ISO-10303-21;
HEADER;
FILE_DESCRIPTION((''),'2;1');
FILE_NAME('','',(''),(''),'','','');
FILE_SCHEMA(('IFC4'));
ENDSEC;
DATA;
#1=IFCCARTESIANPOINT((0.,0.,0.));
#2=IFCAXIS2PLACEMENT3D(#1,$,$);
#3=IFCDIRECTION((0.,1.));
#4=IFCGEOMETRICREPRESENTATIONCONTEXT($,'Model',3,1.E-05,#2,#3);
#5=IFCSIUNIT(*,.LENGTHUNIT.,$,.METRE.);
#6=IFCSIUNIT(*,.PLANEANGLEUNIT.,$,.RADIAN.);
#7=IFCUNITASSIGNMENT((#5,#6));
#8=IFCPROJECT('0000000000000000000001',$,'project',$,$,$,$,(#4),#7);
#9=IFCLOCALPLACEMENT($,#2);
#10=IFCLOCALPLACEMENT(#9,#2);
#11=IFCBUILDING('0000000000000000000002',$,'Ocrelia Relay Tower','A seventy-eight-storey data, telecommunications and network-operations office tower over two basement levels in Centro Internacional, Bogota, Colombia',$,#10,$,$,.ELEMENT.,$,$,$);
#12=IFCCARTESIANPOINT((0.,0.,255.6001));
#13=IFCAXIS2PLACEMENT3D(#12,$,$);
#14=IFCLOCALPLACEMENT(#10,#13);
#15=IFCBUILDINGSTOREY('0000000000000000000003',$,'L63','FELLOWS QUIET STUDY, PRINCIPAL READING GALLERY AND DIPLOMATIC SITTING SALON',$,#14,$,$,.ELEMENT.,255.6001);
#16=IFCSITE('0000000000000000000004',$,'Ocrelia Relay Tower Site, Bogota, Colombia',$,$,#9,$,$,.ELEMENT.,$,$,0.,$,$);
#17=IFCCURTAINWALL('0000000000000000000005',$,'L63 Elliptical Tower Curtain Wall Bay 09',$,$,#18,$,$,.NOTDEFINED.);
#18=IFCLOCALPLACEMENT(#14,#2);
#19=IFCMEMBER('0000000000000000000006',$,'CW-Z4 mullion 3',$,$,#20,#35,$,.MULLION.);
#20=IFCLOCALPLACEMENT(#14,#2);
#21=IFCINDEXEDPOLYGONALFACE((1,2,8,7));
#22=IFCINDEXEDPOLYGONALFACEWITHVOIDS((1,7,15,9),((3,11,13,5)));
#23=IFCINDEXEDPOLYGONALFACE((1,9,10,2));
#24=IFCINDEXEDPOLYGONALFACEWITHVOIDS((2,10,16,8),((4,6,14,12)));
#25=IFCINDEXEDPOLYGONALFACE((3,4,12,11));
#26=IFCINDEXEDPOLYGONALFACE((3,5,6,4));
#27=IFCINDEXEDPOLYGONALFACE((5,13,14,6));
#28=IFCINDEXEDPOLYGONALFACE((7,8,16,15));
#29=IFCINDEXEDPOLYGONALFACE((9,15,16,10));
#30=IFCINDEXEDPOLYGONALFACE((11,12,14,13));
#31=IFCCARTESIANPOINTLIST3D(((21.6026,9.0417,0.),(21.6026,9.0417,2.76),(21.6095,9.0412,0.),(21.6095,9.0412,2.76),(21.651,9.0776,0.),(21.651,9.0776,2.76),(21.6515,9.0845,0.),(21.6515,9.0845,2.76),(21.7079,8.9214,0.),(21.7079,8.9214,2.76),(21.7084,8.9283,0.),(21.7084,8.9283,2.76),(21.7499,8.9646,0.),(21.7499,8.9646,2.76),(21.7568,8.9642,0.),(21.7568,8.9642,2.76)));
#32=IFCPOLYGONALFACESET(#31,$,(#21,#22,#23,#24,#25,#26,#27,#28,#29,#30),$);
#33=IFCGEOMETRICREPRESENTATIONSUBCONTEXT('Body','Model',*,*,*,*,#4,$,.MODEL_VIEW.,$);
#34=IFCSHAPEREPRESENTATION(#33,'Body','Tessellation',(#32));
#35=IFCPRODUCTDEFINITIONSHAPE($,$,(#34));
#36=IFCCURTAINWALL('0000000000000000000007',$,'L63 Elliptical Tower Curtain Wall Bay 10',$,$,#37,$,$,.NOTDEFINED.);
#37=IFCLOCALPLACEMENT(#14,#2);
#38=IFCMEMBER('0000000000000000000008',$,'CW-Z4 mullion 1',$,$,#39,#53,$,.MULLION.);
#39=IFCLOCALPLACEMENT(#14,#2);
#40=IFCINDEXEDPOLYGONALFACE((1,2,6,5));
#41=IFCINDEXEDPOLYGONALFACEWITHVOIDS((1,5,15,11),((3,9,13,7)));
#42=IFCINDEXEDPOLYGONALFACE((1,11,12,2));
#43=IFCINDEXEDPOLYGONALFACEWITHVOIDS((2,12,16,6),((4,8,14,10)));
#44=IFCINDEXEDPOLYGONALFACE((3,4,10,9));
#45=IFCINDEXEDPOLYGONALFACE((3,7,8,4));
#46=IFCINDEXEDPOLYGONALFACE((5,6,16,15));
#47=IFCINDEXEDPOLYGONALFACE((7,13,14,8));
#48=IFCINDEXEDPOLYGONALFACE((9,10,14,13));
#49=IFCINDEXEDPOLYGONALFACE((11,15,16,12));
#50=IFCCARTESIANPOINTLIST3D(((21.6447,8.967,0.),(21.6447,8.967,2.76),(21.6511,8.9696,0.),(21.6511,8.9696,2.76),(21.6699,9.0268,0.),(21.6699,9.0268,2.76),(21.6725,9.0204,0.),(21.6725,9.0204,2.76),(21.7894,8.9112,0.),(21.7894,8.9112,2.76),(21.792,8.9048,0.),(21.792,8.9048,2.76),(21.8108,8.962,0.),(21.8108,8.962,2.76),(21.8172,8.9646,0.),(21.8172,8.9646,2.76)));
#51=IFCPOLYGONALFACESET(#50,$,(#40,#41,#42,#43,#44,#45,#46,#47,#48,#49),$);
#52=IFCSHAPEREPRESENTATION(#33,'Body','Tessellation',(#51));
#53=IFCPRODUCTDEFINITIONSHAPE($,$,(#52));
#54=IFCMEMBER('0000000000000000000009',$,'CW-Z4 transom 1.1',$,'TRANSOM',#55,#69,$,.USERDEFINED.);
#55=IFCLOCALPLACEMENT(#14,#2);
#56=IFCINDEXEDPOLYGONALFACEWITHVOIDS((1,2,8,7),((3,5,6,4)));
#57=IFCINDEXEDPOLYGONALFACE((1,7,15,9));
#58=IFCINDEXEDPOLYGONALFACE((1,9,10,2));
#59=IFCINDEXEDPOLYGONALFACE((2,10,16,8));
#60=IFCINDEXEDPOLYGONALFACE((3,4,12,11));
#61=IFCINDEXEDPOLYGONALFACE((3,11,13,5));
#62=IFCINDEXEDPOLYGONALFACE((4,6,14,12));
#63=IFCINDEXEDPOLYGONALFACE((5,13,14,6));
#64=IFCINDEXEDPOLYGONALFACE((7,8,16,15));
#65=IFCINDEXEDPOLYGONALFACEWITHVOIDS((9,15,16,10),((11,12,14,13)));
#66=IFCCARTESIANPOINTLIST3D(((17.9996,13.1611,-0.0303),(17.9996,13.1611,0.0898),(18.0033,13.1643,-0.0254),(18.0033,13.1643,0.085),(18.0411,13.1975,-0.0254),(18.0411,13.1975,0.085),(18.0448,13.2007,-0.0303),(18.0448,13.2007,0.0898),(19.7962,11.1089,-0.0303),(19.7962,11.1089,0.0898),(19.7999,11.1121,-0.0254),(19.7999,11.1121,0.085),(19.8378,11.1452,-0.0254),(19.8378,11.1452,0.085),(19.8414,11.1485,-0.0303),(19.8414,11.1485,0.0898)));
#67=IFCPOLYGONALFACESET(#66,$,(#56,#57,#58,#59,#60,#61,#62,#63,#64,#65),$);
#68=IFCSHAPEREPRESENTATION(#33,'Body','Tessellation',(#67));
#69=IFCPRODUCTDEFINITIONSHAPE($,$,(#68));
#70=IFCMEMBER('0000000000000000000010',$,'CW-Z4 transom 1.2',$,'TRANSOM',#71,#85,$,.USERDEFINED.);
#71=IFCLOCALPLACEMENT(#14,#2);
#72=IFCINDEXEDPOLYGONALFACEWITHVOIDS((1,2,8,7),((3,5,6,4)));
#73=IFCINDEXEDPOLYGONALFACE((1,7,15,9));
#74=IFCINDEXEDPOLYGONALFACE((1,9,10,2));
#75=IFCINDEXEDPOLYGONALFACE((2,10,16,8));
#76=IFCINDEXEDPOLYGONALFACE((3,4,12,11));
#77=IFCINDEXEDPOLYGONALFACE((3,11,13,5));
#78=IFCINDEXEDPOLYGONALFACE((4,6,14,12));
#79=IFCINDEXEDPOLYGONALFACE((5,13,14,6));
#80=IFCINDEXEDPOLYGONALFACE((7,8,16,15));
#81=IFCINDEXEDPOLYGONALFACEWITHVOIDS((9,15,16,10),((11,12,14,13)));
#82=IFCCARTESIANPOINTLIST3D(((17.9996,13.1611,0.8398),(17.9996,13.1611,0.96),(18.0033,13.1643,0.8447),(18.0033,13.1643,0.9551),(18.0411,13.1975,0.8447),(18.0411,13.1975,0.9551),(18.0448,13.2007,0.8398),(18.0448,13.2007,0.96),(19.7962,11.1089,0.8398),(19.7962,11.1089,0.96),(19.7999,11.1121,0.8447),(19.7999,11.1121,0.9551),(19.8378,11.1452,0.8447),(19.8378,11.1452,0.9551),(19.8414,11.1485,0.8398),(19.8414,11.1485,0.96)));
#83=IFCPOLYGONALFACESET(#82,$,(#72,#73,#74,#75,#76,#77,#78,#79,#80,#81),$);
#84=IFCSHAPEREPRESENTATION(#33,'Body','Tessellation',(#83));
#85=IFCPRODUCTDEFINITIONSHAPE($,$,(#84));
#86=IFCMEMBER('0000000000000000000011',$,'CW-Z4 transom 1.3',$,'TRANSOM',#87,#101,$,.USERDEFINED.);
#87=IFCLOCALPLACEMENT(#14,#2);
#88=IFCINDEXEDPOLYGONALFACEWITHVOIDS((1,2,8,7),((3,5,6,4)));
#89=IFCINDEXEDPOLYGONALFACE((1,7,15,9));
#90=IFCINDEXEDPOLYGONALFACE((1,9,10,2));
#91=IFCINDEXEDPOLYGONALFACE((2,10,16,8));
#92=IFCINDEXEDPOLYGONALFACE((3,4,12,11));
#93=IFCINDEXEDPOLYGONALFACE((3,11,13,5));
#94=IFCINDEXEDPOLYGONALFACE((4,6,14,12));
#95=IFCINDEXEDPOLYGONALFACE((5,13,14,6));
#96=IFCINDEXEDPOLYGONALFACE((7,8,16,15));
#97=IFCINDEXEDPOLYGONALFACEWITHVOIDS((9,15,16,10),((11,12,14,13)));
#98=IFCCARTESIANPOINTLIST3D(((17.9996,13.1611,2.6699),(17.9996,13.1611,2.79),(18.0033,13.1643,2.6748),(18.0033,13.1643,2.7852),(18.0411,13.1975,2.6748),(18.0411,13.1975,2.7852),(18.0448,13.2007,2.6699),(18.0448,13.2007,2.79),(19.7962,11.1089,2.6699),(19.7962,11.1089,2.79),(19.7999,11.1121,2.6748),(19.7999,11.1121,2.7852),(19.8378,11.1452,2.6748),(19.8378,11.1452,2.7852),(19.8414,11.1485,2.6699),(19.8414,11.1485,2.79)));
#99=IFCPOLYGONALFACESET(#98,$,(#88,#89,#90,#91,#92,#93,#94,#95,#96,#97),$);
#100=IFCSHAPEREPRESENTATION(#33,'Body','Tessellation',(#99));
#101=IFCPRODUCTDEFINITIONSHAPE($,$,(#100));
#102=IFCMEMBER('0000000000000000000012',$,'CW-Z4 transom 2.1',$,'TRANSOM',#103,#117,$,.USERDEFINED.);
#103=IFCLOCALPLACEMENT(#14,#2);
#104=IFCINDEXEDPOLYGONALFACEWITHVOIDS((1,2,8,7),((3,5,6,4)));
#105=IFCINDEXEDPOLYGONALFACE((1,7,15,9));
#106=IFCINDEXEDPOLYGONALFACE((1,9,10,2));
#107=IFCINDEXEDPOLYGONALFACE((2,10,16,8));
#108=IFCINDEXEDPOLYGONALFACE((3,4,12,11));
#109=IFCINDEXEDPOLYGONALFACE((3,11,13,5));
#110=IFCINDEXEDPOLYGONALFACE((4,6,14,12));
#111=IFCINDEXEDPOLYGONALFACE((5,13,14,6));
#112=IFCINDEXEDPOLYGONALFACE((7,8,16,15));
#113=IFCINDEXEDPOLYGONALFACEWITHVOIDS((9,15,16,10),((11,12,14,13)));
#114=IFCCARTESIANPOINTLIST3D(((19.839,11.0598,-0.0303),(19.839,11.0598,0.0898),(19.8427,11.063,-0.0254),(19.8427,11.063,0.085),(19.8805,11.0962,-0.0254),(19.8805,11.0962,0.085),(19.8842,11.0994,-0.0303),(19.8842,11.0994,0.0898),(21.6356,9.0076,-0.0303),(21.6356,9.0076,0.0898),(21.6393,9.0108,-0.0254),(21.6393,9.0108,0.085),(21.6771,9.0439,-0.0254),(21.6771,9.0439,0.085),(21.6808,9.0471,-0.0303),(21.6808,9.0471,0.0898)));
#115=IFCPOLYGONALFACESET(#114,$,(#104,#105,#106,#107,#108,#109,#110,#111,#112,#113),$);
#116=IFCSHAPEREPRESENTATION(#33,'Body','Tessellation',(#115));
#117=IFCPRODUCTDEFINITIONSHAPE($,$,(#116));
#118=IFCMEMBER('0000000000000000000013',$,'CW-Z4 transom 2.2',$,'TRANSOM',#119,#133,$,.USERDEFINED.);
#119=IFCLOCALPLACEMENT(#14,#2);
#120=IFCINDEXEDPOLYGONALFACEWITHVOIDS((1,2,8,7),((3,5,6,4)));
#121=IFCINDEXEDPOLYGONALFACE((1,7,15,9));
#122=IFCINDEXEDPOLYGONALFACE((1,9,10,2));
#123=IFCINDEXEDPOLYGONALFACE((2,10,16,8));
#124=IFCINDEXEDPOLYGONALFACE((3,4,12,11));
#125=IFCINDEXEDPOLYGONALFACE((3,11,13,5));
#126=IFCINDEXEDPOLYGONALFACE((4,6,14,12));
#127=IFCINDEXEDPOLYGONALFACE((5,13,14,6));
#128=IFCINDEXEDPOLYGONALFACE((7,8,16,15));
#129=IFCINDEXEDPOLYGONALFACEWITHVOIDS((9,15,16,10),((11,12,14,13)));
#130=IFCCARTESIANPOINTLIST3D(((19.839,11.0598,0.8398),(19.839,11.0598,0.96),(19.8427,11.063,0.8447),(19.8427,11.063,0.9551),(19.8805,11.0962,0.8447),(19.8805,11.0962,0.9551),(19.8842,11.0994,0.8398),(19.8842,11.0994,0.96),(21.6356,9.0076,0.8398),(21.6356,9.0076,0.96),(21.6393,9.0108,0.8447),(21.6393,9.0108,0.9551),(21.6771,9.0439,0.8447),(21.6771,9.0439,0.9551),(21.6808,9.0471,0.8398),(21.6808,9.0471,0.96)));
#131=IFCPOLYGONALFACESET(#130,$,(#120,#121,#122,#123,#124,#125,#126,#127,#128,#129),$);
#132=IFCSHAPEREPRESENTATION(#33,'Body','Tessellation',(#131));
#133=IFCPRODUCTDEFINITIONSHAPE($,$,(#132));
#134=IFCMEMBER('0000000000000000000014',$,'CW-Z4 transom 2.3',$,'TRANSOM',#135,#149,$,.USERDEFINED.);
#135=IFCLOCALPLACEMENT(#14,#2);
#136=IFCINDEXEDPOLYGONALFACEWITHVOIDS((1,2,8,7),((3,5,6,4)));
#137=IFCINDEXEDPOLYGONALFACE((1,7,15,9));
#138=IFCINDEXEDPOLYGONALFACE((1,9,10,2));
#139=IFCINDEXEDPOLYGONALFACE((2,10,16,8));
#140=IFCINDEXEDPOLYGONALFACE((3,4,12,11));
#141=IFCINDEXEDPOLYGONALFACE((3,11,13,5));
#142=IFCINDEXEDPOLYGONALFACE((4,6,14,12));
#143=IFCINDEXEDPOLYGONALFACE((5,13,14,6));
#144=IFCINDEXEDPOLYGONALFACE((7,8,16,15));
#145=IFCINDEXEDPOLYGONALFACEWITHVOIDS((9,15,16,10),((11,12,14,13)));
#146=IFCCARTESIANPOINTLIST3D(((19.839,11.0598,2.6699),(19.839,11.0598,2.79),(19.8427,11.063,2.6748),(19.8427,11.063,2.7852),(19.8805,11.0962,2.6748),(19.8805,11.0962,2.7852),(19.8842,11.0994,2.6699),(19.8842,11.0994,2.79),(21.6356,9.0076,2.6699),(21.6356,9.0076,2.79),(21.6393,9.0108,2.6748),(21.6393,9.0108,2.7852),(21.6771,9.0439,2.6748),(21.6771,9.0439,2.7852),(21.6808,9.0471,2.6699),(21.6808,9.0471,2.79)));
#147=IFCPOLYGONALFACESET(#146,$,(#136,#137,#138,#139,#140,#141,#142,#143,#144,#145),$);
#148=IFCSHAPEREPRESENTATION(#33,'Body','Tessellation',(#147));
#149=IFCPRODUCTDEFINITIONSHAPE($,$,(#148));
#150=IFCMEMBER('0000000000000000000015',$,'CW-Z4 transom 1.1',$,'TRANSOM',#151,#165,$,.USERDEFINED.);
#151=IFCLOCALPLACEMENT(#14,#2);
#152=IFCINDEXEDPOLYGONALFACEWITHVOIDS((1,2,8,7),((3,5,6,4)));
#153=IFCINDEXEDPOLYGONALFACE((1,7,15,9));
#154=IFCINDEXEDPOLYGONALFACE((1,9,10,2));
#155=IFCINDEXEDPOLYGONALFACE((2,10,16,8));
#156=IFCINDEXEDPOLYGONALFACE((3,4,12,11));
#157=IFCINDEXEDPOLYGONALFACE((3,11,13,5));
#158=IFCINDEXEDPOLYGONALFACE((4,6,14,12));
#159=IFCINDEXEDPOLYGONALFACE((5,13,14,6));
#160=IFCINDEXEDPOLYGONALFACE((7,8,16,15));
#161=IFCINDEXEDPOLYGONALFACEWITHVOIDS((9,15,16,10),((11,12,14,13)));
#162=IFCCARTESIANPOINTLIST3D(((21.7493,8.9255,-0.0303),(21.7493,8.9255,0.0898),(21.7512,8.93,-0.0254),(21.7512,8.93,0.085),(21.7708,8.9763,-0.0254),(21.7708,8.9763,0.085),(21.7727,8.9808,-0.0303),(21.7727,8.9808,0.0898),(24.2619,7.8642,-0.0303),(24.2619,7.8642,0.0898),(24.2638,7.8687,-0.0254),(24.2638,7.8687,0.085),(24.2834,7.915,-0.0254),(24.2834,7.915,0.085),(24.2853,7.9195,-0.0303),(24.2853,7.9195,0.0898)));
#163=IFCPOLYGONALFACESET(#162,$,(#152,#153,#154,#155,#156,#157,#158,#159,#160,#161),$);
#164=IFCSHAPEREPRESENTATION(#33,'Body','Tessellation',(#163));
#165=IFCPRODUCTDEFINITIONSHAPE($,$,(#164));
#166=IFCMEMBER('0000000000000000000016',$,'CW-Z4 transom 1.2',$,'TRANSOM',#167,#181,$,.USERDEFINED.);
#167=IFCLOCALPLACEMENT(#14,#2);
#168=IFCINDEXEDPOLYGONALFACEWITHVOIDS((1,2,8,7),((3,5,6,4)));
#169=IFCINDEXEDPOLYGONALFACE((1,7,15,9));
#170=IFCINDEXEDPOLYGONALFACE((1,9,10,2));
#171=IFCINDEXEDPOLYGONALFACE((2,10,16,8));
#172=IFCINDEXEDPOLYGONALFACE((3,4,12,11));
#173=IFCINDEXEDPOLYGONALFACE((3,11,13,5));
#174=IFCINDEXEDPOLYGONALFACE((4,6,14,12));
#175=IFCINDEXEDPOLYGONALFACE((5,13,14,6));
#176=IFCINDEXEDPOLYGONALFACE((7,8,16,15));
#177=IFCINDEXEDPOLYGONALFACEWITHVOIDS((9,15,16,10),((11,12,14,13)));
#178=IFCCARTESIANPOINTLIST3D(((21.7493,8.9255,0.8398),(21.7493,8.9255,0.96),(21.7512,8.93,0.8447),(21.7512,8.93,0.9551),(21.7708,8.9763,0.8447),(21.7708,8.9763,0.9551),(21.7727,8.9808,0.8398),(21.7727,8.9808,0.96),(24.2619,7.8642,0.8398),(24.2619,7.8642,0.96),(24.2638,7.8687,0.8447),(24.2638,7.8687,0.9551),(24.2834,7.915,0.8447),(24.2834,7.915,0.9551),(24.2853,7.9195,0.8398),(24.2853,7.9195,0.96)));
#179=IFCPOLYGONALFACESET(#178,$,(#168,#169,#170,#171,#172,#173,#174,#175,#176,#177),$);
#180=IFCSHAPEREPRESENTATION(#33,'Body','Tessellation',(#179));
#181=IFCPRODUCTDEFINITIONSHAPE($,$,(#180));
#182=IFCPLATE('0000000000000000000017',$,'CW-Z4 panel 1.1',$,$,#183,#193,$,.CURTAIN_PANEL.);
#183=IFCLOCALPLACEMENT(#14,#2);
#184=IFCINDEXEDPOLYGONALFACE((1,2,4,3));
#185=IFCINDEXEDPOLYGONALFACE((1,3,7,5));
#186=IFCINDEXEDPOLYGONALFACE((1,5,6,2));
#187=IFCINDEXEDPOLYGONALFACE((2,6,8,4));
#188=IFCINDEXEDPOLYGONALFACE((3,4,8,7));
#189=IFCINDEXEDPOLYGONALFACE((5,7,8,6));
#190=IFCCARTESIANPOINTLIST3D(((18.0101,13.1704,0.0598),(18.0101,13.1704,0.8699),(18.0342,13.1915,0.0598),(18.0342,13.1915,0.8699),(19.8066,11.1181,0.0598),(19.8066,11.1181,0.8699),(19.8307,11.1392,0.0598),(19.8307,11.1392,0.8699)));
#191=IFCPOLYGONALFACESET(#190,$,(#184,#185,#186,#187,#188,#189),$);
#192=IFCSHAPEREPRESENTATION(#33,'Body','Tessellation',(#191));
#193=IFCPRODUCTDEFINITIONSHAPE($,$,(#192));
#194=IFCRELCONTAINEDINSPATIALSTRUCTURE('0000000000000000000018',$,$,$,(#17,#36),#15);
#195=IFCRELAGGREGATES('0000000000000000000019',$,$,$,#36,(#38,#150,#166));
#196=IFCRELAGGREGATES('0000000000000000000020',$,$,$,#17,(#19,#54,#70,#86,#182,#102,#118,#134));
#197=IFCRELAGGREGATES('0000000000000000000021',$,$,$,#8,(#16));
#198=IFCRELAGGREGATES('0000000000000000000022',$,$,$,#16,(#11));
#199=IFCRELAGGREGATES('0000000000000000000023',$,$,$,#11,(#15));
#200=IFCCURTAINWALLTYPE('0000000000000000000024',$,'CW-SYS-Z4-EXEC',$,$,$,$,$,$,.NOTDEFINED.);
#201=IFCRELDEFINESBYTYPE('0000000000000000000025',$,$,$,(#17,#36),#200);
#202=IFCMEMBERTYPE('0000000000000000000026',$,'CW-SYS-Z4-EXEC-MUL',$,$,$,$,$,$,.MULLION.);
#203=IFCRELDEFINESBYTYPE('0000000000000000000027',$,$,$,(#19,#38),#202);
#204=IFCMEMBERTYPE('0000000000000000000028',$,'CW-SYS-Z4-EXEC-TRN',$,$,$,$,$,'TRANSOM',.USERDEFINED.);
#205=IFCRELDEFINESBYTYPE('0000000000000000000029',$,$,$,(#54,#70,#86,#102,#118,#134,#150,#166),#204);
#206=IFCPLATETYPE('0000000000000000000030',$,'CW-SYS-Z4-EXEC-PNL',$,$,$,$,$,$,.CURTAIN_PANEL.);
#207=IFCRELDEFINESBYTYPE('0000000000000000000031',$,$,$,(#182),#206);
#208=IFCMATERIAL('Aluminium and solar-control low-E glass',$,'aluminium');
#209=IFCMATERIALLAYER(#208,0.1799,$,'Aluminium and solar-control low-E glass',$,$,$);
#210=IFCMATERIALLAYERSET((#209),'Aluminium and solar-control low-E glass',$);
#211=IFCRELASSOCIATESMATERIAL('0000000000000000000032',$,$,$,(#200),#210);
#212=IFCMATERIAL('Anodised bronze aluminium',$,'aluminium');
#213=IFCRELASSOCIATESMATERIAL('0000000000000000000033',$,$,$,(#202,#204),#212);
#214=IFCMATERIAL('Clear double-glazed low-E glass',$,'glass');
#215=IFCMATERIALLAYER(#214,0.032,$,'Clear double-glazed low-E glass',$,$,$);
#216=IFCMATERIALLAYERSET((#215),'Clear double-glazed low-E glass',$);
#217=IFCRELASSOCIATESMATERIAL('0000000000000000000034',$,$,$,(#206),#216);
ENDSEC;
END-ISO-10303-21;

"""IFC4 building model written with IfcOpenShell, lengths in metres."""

from ifc_helpers import new_model, si_unit, direction, frame, origin, origin_2d, place, context, subcontext, project, spatial, rectangle, hollow_rectangle, extrude, material, layer, layer_set, material_profile, profile_set, type_object, element, aggregate, save


model = new_model("IFC4")

# Units and contexts
model_context = context("Model", 3, precision=1e-05, world=origin(), true_north=direction((0.0, 1.0)))
body_context = subcontext(model_context, "Body", "Model", "MODEL_VIEW")
ifc_project = project(units=[si_unit("LENGTHUNIT", "METRE"), si_unit("PLANEANGLEUNIT", "RADIAN")], contexts=[model_context])

# Site, building, storey
site_placement = place(None, origin())
site = spatial("IfcSite", under=ifc_project, at=site_placement, Name="Ocrelia Relay Tower Site, Bogota, Colombia", CompositionType="ELEMENT", RefElevation=0.0)
building_placement = place(site_placement, origin())
building = spatial("IfcBuilding", under=site, at=building_placement, Name="Ocrelia Relay Tower", Description="A seventy-eight-storey data, telecommunications and network-operations office tower over two basement levels in Centro Internacional, Bogota, Colombia", CompositionType="ELEMENT")
storey_placement = place(building_placement, frame((0.0, 0.0, 255.6001)))
storey = spatial("IfcBuildingStorey", under=building, at=storey_placement, Name="L63", Description="FELLOWS QUIET STUDY, PRINCIPAL READING GALLERY AND DIPLOMATIC SITTING SALON", CompositionType="ELEMENT", Elevation=255.6001)

# Curtain wall, member
ifc_material_1 = material(Name="Aluminium and solar-control low-E glass", Category="aluminium")
ifc_layer_1 = layer(ifc_material_1, 0.1799, Name="Aluminium and solar-control low-E glass")
ifc_layer_set_1 = layer_set([ifc_layer_1], Name="Aluminium and solar-control low-E glass")
curtain_wall_type = type_object("IfcCurtainWallType", Name="CW-SYS-Z4-EXEC", PredefinedType="NOTDEFINED", material=ifc_layer_set_1)
curtain_wall_1_placement = place(storey_placement, origin())
curtain_wall_1 = element("IfcCurtainWall", 1, at=curtain_wall_1_placement, inside=storey, type_object=curtain_wall_type, Name="L63 Elliptical Tower Curtain Wall Bay 09", PredefinedType="NOTDEFINED")
ifc_material_2 = material(Name="Anodised bronze aluminium", Category="aluminium")
ifc_material_profile_1 = material_profile(ifc_material_2, hollow_rectangle(XDim=0.0649, YDim=0.1599, WallThickness=0.0049, at=origin_2d()), Name="CW-MUL-160x65")
ifc_profile_set_1 = profile_set([ifc_material_profile_1], Name="Anodised bronze aluminium")
member_type_1 = type_object("IfcMemberType", Name="CW-SYS-Z4-EXEC-MUL", PredefinedType="MULLION", material=ifc_profile_set_1)
member_1_placement = place(storey_placement, frame((21.6797, 9.0029, 0.0), z_axis=(0.0, 0.0, 1.0), x_axis=(0.752442, 0.658659, 0.0)))
member_1 = element("IfcMember", 2, at=member_1_placement, type_object=member_type_1, Name="CW-Z4 mullion 3", PredefinedType="MULLION", context=body_context, shape_type="SweptSolid", body=[
    extrude(hollow_rectangle(XDim=0.0649, YDim=0.1599, WallThickness=0.0049, at=origin_2d()), origin(), (0.0, 0.0, 1.0), 2.76),
])

# Curtain wall, member
curtain_wall_2_placement = place(storey_placement, origin())
curtain_wall_2 = element("IfcCurtainWall", 3, at=curtain_wall_2_placement, inside=storey, type_object=curtain_wall_type, Name="L63 Elliptical Tower Curtain Wall Bay 10", PredefinedType="NOTDEFINED")
member_2_placement = place(storey_placement, frame((21.731, 8.9658, 0.0), z_axis=(0.0, 0.0, 1.0), x_axis=(0.389091, 0.921199, 0.0)))
member_2 = element("IfcMember", 4, at=member_2_placement, type_object=member_type_1, Name="CW-Z4 mullion 1", PredefinedType="MULLION", context=body_context, shape_type="SweptSolid", body=[
    extrude(hollow_rectangle(XDim=0.0649, YDim=0.1599, WallThickness=0.0049, at=origin_2d()), origin(), (0.0, 0.0, 1.0), 2.76),
])

# Members
ifc_material_profile_2 = material_profile(ifc_material_2, hollow_rectangle(XDim=0.0601, YDim=0.1201, WallThickness=0.0049, at=origin_2d()), Name="CW-TRN-120x60")
ifc_profile_set_2 = profile_set([ifc_material_profile_2], Name="Anodised bronze aluminium")
member_type_2 = type_object("IfcMemberType", Name="CW-SYS-Z4-EXEC-TRN", ElementType="TRANSOM", PredefinedType="USERDEFINED", material=ifc_profile_set_2)
member_3_placement = place(storey_placement, frame((18.0222, 13.1809, 0.0298), z_axis=(0.658695, -0.75241, 0.0), x_axis=(0.75241, 0.658695, 0.0)))
member_3 = element("IfcMember", 5, at=member_3_placement, type_object=member_type_2, Name="CW-Z4 transom 1.1", ObjectType="TRANSOM", PredefinedType="USERDEFINED", context=body_context, shape_type="SweptSolid", body=[
    extrude(hollow_rectangle(XDim=0.0601, YDim=0.1201, WallThickness=0.0049, at=origin_2d()), origin(), (0.0, 0.0, 1.0), 2.7275),
])
member_4_placement = place(storey_placement, frame((18.0222, 13.1809, 0.8999), z_axis=(0.658695, -0.75241, 0.0), x_axis=(0.75241, 0.658695, 0.0)))
member_4 = element("IfcMember", 6, at=member_4_placement, type_object=member_type_2, Name="CW-Z4 transom 1.2", ObjectType="TRANSOM", PredefinedType="USERDEFINED", context=body_context, shape_type="SweptSolid", body=[
    extrude(hollow_rectangle(XDim=0.0601, YDim=0.1201, WallThickness=0.0049, at=origin_2d()), origin(), (0.0, 0.0, 1.0), 2.7275),
])
member_5_placement = place(storey_placement, frame((18.0222, 13.1809, 2.73), z_axis=(0.658695, -0.75241, 0.0), x_axis=(0.75241, 0.658695, 0.0)))
member_5 = element("IfcMember", 7, at=member_5_placement, type_object=member_type_2, Name="CW-Z4 transom 1.3", ObjectType="TRANSOM", PredefinedType="USERDEFINED", context=body_context, shape_type="SweptSolid", body=[
    extrude(hollow_rectangle(XDim=0.0601, YDim=0.1201, WallThickness=0.0049, at=origin_2d()), origin(), (0.0, 0.0, 1.0), 2.7275),
])
member_6_placement = place(storey_placement, frame((19.8616, 11.0796, 0.0298), z_axis=(0.658695, -0.75241, 0.0), x_axis=(0.75241, 0.658695, 0.0)))
member_6 = element("IfcMember", 8, at=member_6_placement, type_object=member_type_2, Name="CW-Z4 transom 2.1", ObjectType="TRANSOM", PredefinedType="USERDEFINED", context=body_context, shape_type="SweptSolid", body=[
    extrude(hollow_rectangle(XDim=0.0601, YDim=0.1201, WallThickness=0.0049, at=origin_2d()), origin(), (0.0, 0.0, 1.0), 2.7275),
])
member_7_placement = place(storey_placement, frame((19.8616, 11.0796, 0.8999), z_axis=(0.658695, -0.75241, 0.0), x_axis=(0.75241, 0.658695, 0.0)))
member_7 = element("IfcMember", 9, at=member_7_placement, type_object=member_type_2, Name="CW-Z4 transom 2.2", ObjectType="TRANSOM", PredefinedType="USERDEFINED", context=body_context, shape_type="SweptSolid", body=[
    extrude(hollow_rectangle(XDim=0.0601, YDim=0.1201, WallThickness=0.0049, at=origin_2d()), origin(), (0.0, 0.0, 1.0), 2.7275),
])
member_8_placement = place(storey_placement, frame((19.8616, 11.0796, 2.73), z_axis=(0.658695, -0.75241, 0.0), x_axis=(0.75241, 0.658695, 0.0)))
member_8 = element("IfcMember", 10, at=member_8_placement, type_object=member_type_2, Name="CW-Z4 transom 2.3", ObjectType="TRANSOM", PredefinedType="USERDEFINED", context=body_context, shape_type="SweptSolid", body=[
    extrude(hollow_rectangle(XDim=0.0601, YDim=0.1201, WallThickness=0.0049, at=origin_2d()), origin(), (0.0, 0.0, 1.0), 2.7275),
])
member_9_placement = place(storey_placement, frame((21.761, 8.9531, 0.0298), z_axis=(0.921202, -0.389085, 0.0), x_axis=(0.389085, 0.921202, 0.0)))
member_9 = element("IfcMember", 11, at=member_9_placement, type_object=member_type_2, Name="CW-Z4 transom 1.1", ObjectType="TRANSOM", PredefinedType="USERDEFINED", context=body_context, shape_type="SweptSolid", body=[
    extrude(hollow_rectangle(XDim=0.0601, YDim=0.1201, WallThickness=0.0049, at=origin_2d()), origin(), (0.0, 0.0, 1.0), 2.7275),
])
member_10_placement = place(storey_placement, frame((21.761, 8.9531, 0.8999), z_axis=(0.921202, -0.389085, 0.0), x_axis=(0.389085, 0.921202, 0.0)))
member_10 = element("IfcMember", 12, at=member_10_placement, type_object=member_type_2, Name="CW-Z4 transom 1.2", ObjectType="TRANSOM", PredefinedType="USERDEFINED", context=body_context, shape_type="SweptSolid", body=[
    extrude(hollow_rectangle(XDim=0.0601, YDim=0.1201, WallThickness=0.0049, at=origin_2d()), origin(), (0.0, 0.0, 1.0), 2.7275),
])
aggregate(curtain_wall_2, [member_2, member_9, member_10])

# Plate
ifc_material_3 = material(Name="Clear double-glazed low-E glass", Category="glass")
ifc_layer_2 = layer(ifc_material_3, 0.032, Name="Clear double-glazed low-E glass")
ifc_layer_set_2 = layer_set([ifc_layer_2], Name="Clear double-glazed low-E glass")
plate_type = type_object("IfcPlateType", Name="CW-SYS-Z4-EXEC-PNL", PredefinedType="CURTAIN_PANEL", material=ifc_layer_set_2)
plate_1_placement = place(storey_placement, frame((18.9204, 12.1548, 0.0598), z_axis=(0.0, 0.0, 1.0), x_axis=(0.658659, -0.752442, 0.0)))
plate_1 = element("IfcPlate", 13, at=plate_1_placement, type_object=plate_type, Name="CW-Z4 panel 1.1", PredefinedType="CURTAIN_PANEL", context=body_context, shape_type="SweptSolid", body=[
    extrude(rectangle(XDim=2.7275, YDim=0.032, at=origin_2d()), origin(), (0.0, 0.0, 1.0), 0.8101),
])
aggregate(curtain_wall_1, [member_1, member_3, member_4, member_5, plate_1, member_6, member_7, member_8])

save(model, "model.ifc")
